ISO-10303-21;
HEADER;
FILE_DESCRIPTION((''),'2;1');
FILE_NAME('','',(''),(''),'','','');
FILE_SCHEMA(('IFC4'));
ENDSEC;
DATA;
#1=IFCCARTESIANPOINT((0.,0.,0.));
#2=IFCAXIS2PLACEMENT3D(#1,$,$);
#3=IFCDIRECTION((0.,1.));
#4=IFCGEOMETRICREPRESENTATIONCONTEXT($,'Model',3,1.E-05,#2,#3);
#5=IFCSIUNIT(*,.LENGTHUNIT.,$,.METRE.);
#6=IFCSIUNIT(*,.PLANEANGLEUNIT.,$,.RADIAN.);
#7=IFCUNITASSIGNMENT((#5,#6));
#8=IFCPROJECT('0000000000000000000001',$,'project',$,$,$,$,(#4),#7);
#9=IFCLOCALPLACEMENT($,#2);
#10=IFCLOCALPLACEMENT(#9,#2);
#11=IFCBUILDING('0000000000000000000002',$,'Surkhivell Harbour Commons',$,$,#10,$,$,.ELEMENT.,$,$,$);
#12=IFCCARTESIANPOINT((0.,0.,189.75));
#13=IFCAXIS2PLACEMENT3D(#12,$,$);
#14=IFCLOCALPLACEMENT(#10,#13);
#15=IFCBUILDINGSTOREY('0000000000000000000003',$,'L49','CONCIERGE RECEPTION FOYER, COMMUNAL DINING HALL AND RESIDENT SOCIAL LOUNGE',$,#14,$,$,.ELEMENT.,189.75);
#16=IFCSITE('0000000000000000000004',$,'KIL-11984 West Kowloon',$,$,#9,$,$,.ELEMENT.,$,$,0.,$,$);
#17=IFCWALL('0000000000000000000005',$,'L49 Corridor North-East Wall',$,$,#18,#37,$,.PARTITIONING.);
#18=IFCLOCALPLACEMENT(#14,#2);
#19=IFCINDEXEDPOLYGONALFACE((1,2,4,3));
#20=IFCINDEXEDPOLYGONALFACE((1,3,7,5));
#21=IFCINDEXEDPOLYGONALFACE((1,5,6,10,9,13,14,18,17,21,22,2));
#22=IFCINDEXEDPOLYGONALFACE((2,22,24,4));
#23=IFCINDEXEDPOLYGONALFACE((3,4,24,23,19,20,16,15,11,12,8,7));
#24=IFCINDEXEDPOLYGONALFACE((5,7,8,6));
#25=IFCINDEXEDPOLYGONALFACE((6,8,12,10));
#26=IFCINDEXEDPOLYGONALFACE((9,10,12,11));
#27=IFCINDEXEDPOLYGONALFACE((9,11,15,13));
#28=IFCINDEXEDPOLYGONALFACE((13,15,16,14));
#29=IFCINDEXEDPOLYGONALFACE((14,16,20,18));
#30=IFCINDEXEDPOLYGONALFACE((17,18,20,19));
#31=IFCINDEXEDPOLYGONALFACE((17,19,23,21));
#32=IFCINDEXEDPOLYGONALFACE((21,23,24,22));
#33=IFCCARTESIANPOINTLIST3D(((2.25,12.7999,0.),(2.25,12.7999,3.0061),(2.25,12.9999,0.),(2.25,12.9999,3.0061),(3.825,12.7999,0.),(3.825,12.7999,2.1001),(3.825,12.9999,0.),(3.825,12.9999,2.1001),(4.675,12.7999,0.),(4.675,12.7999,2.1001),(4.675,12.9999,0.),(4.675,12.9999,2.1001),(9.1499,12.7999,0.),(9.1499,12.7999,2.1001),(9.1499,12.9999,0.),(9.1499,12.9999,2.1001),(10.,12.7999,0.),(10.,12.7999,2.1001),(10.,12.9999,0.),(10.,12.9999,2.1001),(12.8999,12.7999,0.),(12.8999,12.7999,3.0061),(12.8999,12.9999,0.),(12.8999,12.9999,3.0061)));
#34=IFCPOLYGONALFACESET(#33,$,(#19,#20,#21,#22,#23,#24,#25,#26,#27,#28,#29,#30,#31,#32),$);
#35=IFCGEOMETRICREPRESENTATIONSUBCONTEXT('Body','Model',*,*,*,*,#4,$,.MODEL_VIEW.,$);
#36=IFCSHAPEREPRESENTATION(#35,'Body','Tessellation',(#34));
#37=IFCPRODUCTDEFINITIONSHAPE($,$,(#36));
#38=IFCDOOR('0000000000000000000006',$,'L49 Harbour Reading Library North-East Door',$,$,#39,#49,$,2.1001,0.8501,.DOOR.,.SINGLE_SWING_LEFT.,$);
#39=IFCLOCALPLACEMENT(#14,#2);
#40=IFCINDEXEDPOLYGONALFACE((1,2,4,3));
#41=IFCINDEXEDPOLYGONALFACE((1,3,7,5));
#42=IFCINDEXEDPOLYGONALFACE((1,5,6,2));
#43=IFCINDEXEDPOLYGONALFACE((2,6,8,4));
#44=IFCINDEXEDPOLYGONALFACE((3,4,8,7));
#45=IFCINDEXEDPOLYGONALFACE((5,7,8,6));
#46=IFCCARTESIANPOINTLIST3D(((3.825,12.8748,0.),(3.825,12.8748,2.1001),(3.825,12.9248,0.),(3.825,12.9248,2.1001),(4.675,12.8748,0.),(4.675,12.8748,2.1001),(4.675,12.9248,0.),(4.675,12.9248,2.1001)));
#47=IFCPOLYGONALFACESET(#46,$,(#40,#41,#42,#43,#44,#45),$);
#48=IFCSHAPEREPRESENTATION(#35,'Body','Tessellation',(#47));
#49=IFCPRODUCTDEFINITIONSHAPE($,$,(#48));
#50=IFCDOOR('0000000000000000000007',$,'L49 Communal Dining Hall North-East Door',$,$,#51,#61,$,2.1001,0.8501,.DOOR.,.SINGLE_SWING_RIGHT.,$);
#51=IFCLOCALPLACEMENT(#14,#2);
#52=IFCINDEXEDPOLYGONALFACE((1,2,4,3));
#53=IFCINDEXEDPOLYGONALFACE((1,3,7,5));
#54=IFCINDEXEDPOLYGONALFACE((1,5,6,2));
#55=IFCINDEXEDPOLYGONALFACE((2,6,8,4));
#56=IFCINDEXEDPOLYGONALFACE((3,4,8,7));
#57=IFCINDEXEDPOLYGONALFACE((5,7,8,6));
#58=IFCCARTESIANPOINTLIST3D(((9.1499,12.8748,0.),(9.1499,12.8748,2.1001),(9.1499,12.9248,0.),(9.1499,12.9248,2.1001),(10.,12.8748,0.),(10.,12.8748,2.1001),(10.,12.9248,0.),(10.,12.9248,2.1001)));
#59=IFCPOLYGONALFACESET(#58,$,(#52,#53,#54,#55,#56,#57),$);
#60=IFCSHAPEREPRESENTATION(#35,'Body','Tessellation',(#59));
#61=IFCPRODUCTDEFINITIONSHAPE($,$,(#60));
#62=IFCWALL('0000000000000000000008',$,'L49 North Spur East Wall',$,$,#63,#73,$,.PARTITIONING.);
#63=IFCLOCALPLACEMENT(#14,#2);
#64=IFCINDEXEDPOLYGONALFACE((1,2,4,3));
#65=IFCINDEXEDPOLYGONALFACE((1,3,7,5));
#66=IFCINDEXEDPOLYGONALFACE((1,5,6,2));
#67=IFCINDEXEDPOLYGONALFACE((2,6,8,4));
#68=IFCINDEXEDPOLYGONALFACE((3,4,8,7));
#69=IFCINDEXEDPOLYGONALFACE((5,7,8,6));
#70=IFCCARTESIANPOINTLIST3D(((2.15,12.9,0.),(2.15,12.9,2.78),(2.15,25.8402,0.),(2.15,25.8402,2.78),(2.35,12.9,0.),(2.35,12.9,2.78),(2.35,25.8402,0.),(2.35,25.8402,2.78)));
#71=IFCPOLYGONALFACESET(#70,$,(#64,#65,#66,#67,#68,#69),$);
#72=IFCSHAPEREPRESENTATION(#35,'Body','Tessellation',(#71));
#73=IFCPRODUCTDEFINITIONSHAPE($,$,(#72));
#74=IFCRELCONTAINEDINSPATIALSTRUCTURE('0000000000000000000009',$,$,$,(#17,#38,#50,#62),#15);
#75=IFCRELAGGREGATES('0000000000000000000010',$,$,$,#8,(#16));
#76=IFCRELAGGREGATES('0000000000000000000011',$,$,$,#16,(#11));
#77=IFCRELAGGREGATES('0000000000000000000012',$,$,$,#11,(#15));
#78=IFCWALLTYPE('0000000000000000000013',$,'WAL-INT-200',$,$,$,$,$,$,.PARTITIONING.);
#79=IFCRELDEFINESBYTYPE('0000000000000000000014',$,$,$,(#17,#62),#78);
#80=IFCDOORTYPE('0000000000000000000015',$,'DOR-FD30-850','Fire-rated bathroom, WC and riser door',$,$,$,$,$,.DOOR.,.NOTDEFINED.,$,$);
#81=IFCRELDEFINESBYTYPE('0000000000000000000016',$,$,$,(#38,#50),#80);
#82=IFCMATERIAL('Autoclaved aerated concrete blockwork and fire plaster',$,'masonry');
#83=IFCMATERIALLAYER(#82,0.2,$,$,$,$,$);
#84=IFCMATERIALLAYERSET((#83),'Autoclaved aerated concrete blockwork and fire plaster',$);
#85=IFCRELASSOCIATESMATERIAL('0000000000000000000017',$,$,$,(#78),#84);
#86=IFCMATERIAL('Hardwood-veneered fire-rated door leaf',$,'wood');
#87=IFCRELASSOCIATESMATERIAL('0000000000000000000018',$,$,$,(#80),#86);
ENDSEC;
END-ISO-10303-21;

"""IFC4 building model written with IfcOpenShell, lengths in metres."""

from ifc_helpers import new_model, si_unit, direction, frame, frame_2d, origin, place, context, subcontext, project, spatial, rectangle, extrude, material, layer, layer_set, type_object, element, fill, save


model = new_model("IFC4")

# Units and contexts
model_context = context("Model", 3, precision=1e-05, world=origin(), true_north=direction((0.0, 1.0)))
body_context = subcontext(model_context, "Body", "Model", "MODEL_VIEW")
ifc_project = project(units=[si_unit("LENGTHUNIT", "METRE"), si_unit("PLANEANGLEUNIT", "RADIAN")], contexts=[model_context])

# Site, building, storey
site_placement = place(None, origin())
site = spatial("IfcSite", under=ifc_project, at=site_placement, Name="KIL-11984 West Kowloon", CompositionType="ELEMENT", RefElevation=0.0)
building_placement = place(site_placement, origin())
building = spatial("IfcBuilding", under=site, at=building_placement, Name="Surkhivell Harbour Commons", CompositionType="ELEMENT")
storey_placement = place(building_placement, frame((0.0, 0.0, 189.75)))
storey = spatial("IfcBuildingStorey", under=building, at=storey_placement, Name="L49", Description="CONCIERGE RECEPTION FOYER, COMMUNAL DINING HALL AND RESIDENT SOCIAL LOUNGE", CompositionType="ELEMENT", Elevation=189.75)

# Wall, openings, doors
ifc_material_1 = material(Name="Autoclaved aerated concrete blockwork and fire plaster", Category="masonry")
ifc_layer_1 = layer(ifc_material_1, 0.2)
ifc_layer_set_1 = layer_set([ifc_layer_1], Name="Autoclaved aerated concrete blockwork and fire plaster")
wall_type_1 = type_object("IfcWallType", Name="WAL-INT-200", PredefinedType="PARTITIONING", material=ifc_layer_set_1)
wall_1_placement = place(storey_placement, frame((2.25, 12.8999, 0.0), z_axis=(0.0, 0.0, 1.0), x_axis=(1.0, 0.0, 0.0)))
wall_1 = element("IfcWall", 1, at=wall_1_placement, inside=storey, type_object=wall_type_1, Name="L49 Corridor North-East Wall", PredefinedType="PARTITIONING", context=body_context, shape_type="SweptSolid", body=[
    extrude(rectangle(XDim=10.6499, YDim=0.2, at=frame_2d((5.325, 0.0))), origin(), (0.0, 0.0, 1.0), 3.0061),
])
opening_1_placement = place(wall_1_placement, frame((1.575, 0.0, 0.0)))
opening_1 = element("IfcOpeningElement", 2, at=opening_1_placement, cuts=wall_1, PredefinedType="OPENING", context=body_context, shape_type="SweptSolid", body=[
    extrude(rectangle(XDim=0.8501, YDim=2.1001, at=frame_2d((0.425, 1.05))), frame((0.0, 0.1099, 0.0), z_axis=(0.0, -1.0, 0.0), x_axis=(1.0, 0.0, 0.0)), (0.0, 0.0, 1.0), 0.22),
])
opening_2_placement = place(wall_1_placement, frame((6.8999, 0.0, 0.0)))
opening_2 = element("IfcOpeningElement", 3, at=opening_2_placement, cuts=wall_1, PredefinedType="OPENING", context=body_context, shape_type="SweptSolid", body=[
    extrude(rectangle(XDim=0.8501, YDim=2.1001, at=frame_2d((0.425, 1.05))), frame((0.0, 0.1099, 0.0), z_axis=(0.0, -1.0, 0.0), x_axis=(1.0, 0.0, 0.0)), (0.0, 0.0, 1.0), 0.22),
])
ifc_material_2 = material(Name="Hardwood-veneered fire-rated door leaf", Category="wood")
door_type = type_object("IfcDoorType", Name="DOR-FD30-850", Description="Fire-rated bathroom, WC and riser door", OperationType="NOTDEFINED", PredefinedType="DOOR", material=ifc_material_2)
door_1_placement = place(opening_1_placement, origin())
door_1 = element("IfcDoor", 4, at=door_1_placement, inside=storey, type_object=door_type, Name="L49 Harbour Reading Library North-East Door", OperationType="SINGLE_SWING_LEFT", OverallHeight=2.1001, OverallWidth=0.8501, PredefinedType="DOOR", context=body_context, shape_type="SweptSolid", body=[
    extrude(rectangle(XDim=0.8501, YDim=2.1001, at=frame_2d((0.425, 1.05))), frame((0.0, 0.0249, 0.0), z_axis=(0.0, -1.0, 0.0), x_axis=(1.0, 0.0, 0.0)), (0.0, 0.0, 1.0), 0.05),
])
fill(opening_1, door_1)
door_2_placement = place(opening_2_placement, origin())
door_2 = element("IfcDoor", 5, at=door_2_placement, inside=storey, type_object=door_type, Name="L49 Communal Dining Hall North-East Door", OperationType="SINGLE_SWING_RIGHT", OverallHeight=2.1001, OverallWidth=0.8501, PredefinedType="DOOR", context=body_context, shape_type="SweptSolid", body=[
    extrude(rectangle(XDim=0.8501, YDim=2.1001, at=frame_2d((0.425, 1.05))), frame((0.0, 0.0249, 0.0), z_axis=(0.0, -1.0, 0.0), x_axis=(1.0, 0.0, 0.0)), (0.0, 0.0, 1.0), 0.05),
])
fill(opening_2, door_2)

# Wall
wall_2_placement = place(storey_placement, frame((2.25, 12.8999, 0.0), z_axis=(0.0, 0.0, 1.0), x_axis=(0.0, 1.0, 0.0)))
element("IfcWall", 6, at=wall_2_placement, inside=storey, type_object=wall_type_1, Name="L49 North Spur East Wall", PredefinedType="PARTITIONING", context=body_context, shape_type="SweptSolid", body=[
    extrude(rectangle(XDim=12.9402, YDim=0.2, at=frame_2d((6.4702, 0.0))), origin(), (0.0, 0.0, 1.0), 2.78),
])

save(model, "model.ifc")
